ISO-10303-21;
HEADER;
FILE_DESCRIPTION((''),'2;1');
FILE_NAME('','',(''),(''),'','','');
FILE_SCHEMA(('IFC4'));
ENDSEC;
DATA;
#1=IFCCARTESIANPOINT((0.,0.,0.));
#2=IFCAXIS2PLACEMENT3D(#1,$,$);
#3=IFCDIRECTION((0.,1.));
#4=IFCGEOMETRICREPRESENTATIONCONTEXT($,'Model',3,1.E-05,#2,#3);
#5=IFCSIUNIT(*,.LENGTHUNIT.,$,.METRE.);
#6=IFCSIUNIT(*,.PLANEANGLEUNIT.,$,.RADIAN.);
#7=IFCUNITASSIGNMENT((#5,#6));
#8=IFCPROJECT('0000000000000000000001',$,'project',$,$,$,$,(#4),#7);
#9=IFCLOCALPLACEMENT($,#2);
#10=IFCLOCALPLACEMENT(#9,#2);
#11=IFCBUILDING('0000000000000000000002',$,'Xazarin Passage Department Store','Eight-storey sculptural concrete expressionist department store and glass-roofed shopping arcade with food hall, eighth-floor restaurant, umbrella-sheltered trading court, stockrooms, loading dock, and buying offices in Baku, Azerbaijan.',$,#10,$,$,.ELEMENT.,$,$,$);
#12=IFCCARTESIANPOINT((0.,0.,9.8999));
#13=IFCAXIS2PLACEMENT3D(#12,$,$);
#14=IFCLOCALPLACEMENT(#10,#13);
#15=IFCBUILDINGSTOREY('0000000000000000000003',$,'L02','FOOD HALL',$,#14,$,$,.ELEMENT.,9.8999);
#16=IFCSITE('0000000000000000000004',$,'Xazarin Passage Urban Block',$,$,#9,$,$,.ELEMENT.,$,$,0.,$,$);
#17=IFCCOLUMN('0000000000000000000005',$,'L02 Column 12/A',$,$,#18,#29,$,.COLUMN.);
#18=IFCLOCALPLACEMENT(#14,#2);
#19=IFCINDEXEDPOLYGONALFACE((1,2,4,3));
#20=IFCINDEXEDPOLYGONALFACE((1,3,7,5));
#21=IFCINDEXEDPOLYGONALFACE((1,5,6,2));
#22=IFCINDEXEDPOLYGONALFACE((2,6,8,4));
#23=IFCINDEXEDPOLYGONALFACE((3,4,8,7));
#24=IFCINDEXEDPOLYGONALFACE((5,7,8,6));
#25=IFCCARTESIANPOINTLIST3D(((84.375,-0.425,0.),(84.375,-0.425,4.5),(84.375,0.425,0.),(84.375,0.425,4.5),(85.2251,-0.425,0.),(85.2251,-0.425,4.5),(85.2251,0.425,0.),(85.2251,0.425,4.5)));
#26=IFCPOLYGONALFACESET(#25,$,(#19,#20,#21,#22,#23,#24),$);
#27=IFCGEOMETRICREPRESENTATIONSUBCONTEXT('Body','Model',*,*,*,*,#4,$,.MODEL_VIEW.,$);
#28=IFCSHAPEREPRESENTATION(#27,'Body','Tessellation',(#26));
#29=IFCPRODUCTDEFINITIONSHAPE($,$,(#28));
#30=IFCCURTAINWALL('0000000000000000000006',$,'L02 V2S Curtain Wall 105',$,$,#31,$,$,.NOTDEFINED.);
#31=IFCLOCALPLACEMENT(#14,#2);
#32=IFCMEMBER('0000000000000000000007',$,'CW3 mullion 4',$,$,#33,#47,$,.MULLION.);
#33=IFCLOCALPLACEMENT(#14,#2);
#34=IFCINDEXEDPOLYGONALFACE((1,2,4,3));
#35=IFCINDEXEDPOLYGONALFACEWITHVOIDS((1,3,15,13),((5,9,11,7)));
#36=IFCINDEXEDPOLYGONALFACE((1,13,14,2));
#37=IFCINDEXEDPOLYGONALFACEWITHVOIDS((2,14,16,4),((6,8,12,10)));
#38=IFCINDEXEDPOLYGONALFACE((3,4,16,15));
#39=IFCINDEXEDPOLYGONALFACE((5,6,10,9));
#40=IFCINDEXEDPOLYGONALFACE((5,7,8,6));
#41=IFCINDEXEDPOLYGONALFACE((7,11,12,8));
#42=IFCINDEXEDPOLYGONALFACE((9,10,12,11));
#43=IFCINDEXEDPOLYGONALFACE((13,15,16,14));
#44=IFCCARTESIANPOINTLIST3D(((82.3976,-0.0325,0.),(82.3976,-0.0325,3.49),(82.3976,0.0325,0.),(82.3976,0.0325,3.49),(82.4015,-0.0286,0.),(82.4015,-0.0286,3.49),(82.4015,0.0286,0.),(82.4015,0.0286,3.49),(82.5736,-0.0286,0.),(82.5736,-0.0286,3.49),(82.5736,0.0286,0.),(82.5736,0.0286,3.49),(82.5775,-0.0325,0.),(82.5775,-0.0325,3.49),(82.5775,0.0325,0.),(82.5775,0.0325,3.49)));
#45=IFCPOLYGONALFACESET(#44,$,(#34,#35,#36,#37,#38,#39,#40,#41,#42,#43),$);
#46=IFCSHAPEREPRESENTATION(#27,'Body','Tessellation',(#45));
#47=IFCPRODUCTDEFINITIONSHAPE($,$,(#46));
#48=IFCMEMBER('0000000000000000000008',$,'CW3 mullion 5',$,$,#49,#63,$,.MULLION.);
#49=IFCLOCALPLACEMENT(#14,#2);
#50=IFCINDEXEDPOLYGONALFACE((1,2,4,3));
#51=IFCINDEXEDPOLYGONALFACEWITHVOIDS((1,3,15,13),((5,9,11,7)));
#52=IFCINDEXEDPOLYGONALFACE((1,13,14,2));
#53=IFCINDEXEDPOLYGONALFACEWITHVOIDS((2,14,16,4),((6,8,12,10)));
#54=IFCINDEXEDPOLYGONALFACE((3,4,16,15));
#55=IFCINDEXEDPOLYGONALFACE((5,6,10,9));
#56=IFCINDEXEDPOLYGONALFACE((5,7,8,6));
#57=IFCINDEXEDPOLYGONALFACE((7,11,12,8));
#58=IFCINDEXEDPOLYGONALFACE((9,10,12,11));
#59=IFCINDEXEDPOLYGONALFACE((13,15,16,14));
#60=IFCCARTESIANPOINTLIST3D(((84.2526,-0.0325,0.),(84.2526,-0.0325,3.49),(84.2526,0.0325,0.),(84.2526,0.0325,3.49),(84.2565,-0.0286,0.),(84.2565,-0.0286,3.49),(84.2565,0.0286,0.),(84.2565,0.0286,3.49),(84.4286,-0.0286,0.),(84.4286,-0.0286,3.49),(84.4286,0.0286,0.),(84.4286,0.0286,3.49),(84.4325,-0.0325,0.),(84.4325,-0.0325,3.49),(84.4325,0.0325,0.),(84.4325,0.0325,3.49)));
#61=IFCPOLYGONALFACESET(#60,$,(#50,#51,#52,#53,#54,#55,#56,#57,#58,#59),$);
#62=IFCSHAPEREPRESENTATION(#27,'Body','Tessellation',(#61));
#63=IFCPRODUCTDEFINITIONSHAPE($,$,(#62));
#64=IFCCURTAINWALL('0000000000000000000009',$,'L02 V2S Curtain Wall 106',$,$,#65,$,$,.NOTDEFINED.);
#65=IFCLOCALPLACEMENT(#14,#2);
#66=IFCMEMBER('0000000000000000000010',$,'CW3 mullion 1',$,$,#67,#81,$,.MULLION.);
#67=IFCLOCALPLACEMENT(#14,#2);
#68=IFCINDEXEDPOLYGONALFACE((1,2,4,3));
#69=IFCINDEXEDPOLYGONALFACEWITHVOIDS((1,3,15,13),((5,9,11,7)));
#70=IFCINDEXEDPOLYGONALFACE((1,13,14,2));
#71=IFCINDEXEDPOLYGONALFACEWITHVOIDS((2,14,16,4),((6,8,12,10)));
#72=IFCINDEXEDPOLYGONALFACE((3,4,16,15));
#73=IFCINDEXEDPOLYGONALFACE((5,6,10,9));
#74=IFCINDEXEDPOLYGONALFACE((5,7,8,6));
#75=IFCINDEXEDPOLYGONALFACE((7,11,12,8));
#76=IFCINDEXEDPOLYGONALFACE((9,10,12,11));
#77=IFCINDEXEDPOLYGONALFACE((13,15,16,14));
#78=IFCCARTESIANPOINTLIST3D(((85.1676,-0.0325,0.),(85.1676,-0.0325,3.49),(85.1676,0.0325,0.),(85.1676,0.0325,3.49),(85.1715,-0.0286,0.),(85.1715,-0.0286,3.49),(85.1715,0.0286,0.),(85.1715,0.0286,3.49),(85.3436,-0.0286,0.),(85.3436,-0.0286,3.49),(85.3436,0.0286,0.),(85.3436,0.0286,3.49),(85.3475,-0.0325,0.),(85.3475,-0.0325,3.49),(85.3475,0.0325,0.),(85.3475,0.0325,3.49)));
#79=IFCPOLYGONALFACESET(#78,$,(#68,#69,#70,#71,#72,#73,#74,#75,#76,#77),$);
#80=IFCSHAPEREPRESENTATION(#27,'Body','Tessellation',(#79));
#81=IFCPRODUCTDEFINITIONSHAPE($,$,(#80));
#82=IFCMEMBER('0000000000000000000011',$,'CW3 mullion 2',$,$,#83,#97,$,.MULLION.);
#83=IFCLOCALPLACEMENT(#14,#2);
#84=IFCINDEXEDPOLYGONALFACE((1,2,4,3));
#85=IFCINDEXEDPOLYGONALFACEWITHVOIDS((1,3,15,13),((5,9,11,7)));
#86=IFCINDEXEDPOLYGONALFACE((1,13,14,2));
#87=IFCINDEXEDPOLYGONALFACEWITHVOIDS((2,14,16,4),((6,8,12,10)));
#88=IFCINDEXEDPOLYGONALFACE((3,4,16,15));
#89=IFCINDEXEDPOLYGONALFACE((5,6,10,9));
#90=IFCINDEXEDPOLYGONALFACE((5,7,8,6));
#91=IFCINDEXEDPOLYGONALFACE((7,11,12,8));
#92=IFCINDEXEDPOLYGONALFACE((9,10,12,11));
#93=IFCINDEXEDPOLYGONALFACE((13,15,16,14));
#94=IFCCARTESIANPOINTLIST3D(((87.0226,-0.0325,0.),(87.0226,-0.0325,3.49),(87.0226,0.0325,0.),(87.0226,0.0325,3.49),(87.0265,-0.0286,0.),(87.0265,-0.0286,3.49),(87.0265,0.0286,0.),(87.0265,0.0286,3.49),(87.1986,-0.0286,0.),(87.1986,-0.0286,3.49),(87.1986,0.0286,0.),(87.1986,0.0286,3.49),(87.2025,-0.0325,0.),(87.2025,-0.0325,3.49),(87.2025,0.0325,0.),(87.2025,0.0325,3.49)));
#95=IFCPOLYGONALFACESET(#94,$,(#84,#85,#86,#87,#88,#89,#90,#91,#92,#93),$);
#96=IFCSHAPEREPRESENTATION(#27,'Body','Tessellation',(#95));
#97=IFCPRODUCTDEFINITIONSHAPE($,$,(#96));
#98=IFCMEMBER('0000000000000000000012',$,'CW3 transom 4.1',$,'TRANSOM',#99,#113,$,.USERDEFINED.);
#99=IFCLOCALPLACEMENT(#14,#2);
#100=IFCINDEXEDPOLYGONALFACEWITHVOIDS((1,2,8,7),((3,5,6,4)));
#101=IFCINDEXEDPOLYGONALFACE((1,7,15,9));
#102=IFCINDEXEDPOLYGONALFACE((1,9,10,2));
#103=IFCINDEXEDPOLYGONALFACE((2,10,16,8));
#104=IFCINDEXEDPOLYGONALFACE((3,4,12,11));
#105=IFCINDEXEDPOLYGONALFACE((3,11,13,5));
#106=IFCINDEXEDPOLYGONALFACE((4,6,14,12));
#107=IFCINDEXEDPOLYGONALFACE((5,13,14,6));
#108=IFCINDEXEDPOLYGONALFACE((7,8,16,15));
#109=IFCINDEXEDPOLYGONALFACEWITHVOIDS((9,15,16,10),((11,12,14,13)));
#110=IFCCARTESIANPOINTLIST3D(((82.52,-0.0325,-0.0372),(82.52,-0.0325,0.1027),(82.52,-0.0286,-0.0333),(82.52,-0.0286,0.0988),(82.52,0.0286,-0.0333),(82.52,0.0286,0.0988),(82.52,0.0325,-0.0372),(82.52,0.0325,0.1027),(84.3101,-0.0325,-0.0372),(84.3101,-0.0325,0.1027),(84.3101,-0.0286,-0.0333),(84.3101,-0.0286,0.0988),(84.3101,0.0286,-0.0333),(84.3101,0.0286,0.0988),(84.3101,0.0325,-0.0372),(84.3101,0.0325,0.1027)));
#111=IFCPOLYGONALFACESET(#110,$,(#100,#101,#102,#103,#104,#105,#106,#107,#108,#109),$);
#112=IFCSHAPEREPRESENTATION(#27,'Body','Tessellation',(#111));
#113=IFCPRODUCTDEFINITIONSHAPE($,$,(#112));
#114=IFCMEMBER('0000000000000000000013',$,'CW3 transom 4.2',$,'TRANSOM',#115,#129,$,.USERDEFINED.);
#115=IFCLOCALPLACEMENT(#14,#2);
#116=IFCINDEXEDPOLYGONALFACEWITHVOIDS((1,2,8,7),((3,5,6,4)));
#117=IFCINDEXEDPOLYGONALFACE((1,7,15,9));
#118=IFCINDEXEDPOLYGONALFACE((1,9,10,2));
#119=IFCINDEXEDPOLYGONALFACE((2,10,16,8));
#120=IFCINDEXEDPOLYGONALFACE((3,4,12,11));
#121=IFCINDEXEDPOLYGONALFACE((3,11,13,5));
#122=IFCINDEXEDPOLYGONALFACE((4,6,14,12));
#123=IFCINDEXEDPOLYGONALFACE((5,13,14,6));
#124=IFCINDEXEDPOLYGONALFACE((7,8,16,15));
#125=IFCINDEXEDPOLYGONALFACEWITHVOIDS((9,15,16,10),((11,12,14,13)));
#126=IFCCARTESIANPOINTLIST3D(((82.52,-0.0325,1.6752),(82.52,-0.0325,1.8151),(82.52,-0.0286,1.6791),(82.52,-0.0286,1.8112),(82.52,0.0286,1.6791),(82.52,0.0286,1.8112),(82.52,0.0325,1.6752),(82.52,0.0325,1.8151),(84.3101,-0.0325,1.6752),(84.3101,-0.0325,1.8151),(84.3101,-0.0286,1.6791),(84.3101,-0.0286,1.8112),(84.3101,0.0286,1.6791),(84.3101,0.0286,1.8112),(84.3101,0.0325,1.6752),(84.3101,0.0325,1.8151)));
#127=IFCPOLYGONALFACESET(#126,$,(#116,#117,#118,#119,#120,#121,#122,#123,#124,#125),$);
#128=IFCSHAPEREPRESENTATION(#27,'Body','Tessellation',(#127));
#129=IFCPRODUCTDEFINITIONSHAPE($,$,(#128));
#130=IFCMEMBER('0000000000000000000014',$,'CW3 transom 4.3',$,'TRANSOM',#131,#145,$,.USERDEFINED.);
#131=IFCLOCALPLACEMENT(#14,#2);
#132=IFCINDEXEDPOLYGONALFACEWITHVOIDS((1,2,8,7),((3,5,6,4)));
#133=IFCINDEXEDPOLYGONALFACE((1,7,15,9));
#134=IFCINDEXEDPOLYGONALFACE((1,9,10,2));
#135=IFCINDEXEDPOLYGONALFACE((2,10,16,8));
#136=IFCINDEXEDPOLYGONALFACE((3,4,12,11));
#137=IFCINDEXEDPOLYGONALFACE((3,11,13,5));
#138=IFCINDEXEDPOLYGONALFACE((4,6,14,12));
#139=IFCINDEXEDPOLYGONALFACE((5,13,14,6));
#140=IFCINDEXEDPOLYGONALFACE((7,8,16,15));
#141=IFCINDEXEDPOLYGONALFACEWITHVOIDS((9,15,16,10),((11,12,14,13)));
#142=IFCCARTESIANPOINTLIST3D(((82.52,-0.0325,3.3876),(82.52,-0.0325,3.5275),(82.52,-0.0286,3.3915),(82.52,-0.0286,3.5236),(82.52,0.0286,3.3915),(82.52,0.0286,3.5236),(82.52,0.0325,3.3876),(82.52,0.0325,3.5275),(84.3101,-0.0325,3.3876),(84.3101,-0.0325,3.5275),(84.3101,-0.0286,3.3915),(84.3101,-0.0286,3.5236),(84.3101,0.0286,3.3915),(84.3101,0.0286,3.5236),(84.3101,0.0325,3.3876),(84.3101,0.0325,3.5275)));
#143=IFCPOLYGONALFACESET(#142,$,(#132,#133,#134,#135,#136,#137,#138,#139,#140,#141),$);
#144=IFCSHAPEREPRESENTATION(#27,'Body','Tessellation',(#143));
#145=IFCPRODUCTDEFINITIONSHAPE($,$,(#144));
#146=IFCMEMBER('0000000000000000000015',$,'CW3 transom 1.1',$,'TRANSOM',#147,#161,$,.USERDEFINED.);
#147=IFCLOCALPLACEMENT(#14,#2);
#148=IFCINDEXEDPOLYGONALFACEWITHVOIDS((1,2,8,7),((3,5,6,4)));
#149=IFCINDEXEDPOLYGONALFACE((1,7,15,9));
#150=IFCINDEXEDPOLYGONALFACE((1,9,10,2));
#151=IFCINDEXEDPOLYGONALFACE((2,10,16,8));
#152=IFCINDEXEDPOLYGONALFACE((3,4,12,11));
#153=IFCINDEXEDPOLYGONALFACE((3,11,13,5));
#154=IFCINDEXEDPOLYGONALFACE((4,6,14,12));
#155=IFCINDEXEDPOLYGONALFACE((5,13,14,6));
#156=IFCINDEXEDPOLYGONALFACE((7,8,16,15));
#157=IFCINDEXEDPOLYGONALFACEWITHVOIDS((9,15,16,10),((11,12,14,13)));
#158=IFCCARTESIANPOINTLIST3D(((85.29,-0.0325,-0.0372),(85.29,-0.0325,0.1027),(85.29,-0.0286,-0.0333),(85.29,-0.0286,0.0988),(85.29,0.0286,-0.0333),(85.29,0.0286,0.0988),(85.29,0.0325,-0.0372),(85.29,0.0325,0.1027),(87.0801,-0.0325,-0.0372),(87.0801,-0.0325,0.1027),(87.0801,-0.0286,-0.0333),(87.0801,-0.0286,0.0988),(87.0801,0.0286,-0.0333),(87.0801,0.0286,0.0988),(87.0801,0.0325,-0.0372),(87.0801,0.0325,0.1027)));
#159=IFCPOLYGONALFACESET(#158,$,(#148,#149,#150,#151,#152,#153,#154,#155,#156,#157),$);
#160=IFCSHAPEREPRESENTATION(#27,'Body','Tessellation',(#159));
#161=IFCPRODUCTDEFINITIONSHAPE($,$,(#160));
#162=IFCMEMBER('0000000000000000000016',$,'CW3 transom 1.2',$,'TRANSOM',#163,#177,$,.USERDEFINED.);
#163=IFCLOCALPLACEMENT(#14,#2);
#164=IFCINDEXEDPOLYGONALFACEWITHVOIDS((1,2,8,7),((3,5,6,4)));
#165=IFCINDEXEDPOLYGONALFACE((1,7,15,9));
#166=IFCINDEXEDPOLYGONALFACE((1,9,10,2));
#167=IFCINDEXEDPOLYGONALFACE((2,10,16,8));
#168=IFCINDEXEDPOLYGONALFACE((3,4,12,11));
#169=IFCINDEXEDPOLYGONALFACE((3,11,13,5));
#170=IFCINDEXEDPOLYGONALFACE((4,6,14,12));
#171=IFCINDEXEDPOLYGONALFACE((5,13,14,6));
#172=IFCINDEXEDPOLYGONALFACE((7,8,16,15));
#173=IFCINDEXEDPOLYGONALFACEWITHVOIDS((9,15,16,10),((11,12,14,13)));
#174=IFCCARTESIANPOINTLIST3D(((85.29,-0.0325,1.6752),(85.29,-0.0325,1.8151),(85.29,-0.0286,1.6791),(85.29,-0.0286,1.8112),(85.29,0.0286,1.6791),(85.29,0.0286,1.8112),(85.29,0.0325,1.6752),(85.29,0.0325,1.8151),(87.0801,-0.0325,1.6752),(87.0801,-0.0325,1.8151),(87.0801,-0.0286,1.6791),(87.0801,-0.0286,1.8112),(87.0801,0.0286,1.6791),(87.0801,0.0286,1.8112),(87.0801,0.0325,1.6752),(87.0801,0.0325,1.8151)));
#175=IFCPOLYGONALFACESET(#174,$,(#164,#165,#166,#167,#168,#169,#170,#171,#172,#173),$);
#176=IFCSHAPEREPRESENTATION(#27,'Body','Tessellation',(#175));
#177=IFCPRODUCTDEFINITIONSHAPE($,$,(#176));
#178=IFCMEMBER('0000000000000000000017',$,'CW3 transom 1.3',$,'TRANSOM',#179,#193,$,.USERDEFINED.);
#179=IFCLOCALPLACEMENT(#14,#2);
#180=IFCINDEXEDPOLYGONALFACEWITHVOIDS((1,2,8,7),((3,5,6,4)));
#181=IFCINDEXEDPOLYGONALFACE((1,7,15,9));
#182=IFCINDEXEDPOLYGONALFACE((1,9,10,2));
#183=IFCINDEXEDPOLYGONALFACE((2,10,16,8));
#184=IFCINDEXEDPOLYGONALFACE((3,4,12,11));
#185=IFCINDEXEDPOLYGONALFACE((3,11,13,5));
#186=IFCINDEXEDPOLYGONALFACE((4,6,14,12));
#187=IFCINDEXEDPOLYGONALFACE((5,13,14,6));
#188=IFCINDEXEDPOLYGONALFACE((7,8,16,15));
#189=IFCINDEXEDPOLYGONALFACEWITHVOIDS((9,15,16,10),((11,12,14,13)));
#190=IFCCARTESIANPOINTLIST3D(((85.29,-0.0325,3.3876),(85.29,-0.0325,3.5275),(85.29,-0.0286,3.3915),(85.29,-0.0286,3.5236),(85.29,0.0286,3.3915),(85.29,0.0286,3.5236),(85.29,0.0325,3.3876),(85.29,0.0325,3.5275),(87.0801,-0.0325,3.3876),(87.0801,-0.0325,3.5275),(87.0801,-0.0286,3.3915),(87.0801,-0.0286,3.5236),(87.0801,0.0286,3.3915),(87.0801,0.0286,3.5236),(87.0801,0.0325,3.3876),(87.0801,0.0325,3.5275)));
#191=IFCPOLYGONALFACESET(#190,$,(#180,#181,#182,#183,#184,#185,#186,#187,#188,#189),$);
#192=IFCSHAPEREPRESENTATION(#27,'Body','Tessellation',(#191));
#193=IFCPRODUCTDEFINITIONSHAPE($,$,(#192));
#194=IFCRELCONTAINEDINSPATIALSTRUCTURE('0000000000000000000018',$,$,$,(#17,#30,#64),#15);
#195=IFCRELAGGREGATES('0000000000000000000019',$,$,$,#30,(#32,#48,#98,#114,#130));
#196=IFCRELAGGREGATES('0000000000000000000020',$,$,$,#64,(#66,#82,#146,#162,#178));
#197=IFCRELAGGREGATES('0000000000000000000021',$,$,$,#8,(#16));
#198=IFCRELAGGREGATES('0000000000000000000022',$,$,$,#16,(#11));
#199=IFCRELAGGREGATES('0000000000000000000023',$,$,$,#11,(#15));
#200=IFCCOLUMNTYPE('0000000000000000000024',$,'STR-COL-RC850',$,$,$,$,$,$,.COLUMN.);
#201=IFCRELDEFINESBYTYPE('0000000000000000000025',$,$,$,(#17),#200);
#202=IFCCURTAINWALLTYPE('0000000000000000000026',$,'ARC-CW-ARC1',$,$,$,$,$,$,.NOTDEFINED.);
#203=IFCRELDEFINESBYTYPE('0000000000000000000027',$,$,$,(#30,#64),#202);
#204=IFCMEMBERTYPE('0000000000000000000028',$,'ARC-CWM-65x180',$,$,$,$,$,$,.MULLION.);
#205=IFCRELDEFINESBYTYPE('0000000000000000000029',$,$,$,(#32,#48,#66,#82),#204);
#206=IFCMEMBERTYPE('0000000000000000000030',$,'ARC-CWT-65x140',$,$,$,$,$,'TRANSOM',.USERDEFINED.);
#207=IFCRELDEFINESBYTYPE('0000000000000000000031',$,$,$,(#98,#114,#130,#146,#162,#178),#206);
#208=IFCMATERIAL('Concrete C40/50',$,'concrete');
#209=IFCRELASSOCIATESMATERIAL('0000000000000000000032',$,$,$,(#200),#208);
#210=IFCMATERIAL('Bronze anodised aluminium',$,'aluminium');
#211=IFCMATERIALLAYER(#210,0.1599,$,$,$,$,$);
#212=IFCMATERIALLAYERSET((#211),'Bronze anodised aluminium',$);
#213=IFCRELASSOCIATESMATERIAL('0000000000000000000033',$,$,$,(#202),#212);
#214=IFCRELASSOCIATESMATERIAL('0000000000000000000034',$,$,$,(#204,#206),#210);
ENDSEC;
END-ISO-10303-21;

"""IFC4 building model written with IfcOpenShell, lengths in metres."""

from ifc_helpers import new_model, si_unit, direction, frame, origin, origin_2d, place, context, subcontext, project, spatial, rectangle, hollow_rectangle, extrude, material, layer, layer_set, material_profile, profile_set, type_object, element, aggregate, save


model = new_model("IFC4")

# Units and contexts
model_context = context("Model", 3, precision=1e-05, world=origin(), true_north=direction((0.0, 1.0)))
body_context = subcontext(model_context, "Body", "Model", "MODEL_VIEW")
ifc_project = project(units=[si_unit("LENGTHUNIT", "METRE"), si_unit("PLANEANGLEUNIT", "RADIAN")], contexts=[model_context])

# Site, building, storey
site_placement = place(None, origin())
site = spatial("IfcSite", under=ifc_project, at=site_placement, Name="Xazarin Passage Urban Block", CompositionType="ELEMENT", RefElevation=0.0)
building_placement = place(site_placement, origin())
building = spatial("IfcBuilding", under=site, at=building_placement, Name="Xazarin Passage Department Store", Description="Eight-storey sculptural concrete expressionist department store and glass-roofed shopping arcade with food hall, eighth-floor restaurant, umbrella-sheltered trading court, stockrooms, loading dock, and buying offices in Baku, Azerbaijan.", CompositionType="ELEMENT")
storey_placement = place(building_placement, frame((0.0, 0.0, 9.8999)))
storey = spatial("IfcBuildingStorey", under=building, at=storey_placement, Name="L02", Description="FOOD HALL", CompositionType="ELEMENT", Elevation=9.8999)

# Column
ifc_material_1 = material(Name="Concrete C40/50", Category="concrete")
ifc_material_profile_1 = material_profile(ifc_material_1, rectangle(XDim=0.8501, YDim=0.8501, at=origin_2d()), Name="RC 850x850")
ifc_profile_set_1 = profile_set([ifc_material_profile_1], Name="Concrete C40/50")
column_type = type_object("IfcColumnType", Name="STR-COL-RC850", PredefinedType="COLUMN", material=ifc_profile_set_1)
column_placement = place(storey_placement, frame((84.8, 0.0, 0.0), z_axis=(0.0, 0.0, 1.0), x_axis=(1.0, 0.0, 0.0)))
element("IfcColumn", 1, at=column_placement, inside=storey, type_object=column_type, Name="L02 Column 12/A", PredefinedType="COLUMN", context=body_context, shape_type="SweptSolid", body=[
    extrude(rectangle(XDim=0.8501, YDim=0.8501, at=origin_2d()), origin(), (0.0, 0.0, 1.0), 4.5),
])

# Curtain walls, members
ifc_material_2 = material(Name="Bronze anodised aluminium", Category="aluminium")
ifc_layer_1 = layer(ifc_material_2, 0.1599)
ifc_layer_set_1 = layer_set([ifc_layer_1], Name="Bronze anodised aluminium")
curtain_wall_type = type_object("IfcCurtainWallType", Name="ARC-CW-ARC1", PredefinedType="NOTDEFINED", material=ifc_layer_set_1)
curtain_wall_1_placement = place(storey_placement, origin())
curtain_wall_1 = element("IfcCurtainWall", 2, at=curtain_wall_1_placement, inside=storey, type_object=curtain_wall_type, Name="L02 V2S Curtain Wall 105", PredefinedType="NOTDEFINED")
ifc_material_profile_2 = material_profile(ifc_material_2, hollow_rectangle(XDim=0.0649, YDim=0.1799, WallThickness=0.0039, at=origin_2d()), Name="ALU 65x180")
ifc_profile_set_2 = profile_set([ifc_material_profile_2], Name="Bronze anodised aluminium")
member_type_1 = type_object("IfcMemberType", Name="ARC-CWM-65x180", PredefinedType="MULLION", material=ifc_profile_set_2)
member_1_placement = place(storey_placement, frame((82.4875, 0.0, 0.0), z_axis=(0.0, 0.0, 1.0), x_axis=(0.0, 1.0, 0.0)))
member_1 = element("IfcMember", 3, at=member_1_placement, type_object=member_type_1, Name="CW3 mullion 4", PredefinedType="MULLION", context=body_context, shape_type="SweptSolid", body=[
    extrude(hollow_rectangle(XDim=0.0649, YDim=0.1799, WallThickness=0.0039, at=origin_2d()), origin(), (0.0, 0.0, 1.0), 3.49),
])
member_2_placement = place(storey_placement, frame((84.3425, 0.0, 0.0), z_axis=(0.0, 0.0, 1.0), x_axis=(0.0, 1.0, 0.0)))
member_2 = element("IfcMember", 4, at=member_2_placement, type_object=member_type_1, Name="CW3 mullion 5", PredefinedType="MULLION", context=body_context, shape_type="SweptSolid", body=[
    extrude(hollow_rectangle(XDim=0.0649, YDim=0.1799, WallThickness=0.0039, at=origin_2d()), origin(), (0.0, 0.0, 1.0), 3.49),
])
curtain_wall_2_placement = place(storey_placement, origin())
curtain_wall_2 = element("IfcCurtainWall", 5, at=curtain_wall_2_placement, inside=storey, type_object=curtain_wall_type, Name="L02 V2S Curtain Wall 106", PredefinedType="NOTDEFINED")
member_3_placement = place(storey_placement, frame((85.2576, 0.0, 0.0), z_axis=(0.0, 0.0, 1.0), x_axis=(0.0, 1.0, 0.0)))
member_3 = element("IfcMember", 6, at=member_3_placement, type_object=member_type_1, Name="CW3 mullion 1", PredefinedType="MULLION", context=body_context, shape_type="SweptSolid", body=[
    extrude(hollow_rectangle(XDim=0.0649, YDim=0.1799, WallThickness=0.0039, at=origin_2d()), origin(), (0.0, 0.0, 1.0), 3.49),
])
member_4_placement = place(storey_placement, frame((87.1125, 0.0, 0.0), z_axis=(0.0, 0.0, 1.0), x_axis=(0.0, 1.0, 0.0)))
member_4 = element("IfcMember", 7, at=member_4_placement, type_object=member_type_1, Name="CW3 mullion 2", PredefinedType="MULLION", context=body_context, shape_type="SweptSolid", body=[
    extrude(hollow_rectangle(XDim=0.0649, YDim=0.1799, WallThickness=0.0039, at=origin_2d()), origin(), (0.0, 0.0, 1.0), 3.49),
])

# Members
ifc_material_profile_3 = material_profile(ifc_material_2, hollow_rectangle(XDim=0.0649, YDim=0.1399, WallThickness=0.0039, at=origin_2d()), Name="ALU 65x140")
ifc_profile_set_3 = profile_set([ifc_material_profile_3], Name="Bronze anodised aluminium")
member_type_2 = type_object("IfcMemberType", Name="ARC-CWT-65x140", ElementType="TRANSOM", PredefinedType="USERDEFINED", material=ifc_profile_set_3)
member_5_placement = place(storey_placement, frame((82.52, 0.0, 0.0327), z_axis=(1.0, 0.0, 0.0), x_axis=(0.0, 1.0, 0.0)))
member_5 = element("IfcMember", 8, at=member_5_placement, type_object=member_type_2, Name="CW3 transom 4.1", ObjectType="TRANSOM", PredefinedType="USERDEFINED", context=body_context, shape_type="SweptSolid", body=[
    extrude(hollow_rectangle(XDim=0.0649, YDim=0.1399, WallThickness=0.0039, at=origin_2d()), origin(), (0.0, 0.0, 1.0), 1.79),
])
member_6_placement = place(storey_placement, frame((82.52, 0.0, 1.7451), z_axis=(1.0, 0.0, 0.0), x_axis=(0.0, 1.0, 0.0)))
member_6 = element("IfcMember", 9, at=member_6_placement, type_object=member_type_2, Name="CW3 transom 4.2", ObjectType="TRANSOM", PredefinedType="USERDEFINED", context=body_context, shape_type="SweptSolid", body=[
    extrude(hollow_rectangle(XDim=0.0649, YDim=0.1399, WallThickness=0.0039, at=origin_2d()), origin(), (0.0, 0.0, 1.0), 1.79),
])
member_7_placement = place(storey_placement, frame((82.52, 0.0, 3.4575), z_axis=(1.0, 0.0, 0.0), x_axis=(0.0, 1.0, 0.0)))
member_7 = element("IfcMember", 10, at=member_7_placement, type_object=member_type_2, Name="CW3 transom 4.3", ObjectType="TRANSOM", PredefinedType="USERDEFINED", context=body_context, shape_type="SweptSolid", body=[
    extrude(hollow_rectangle(XDim=0.0649, YDim=0.1399, WallThickness=0.0039, at=origin_2d()), origin(), (0.0, 0.0, 1.0), 1.79),
])
member_8_placement = place(storey_placement, frame((85.29, 0.0, 0.0327), z_axis=(1.0, 0.0, 0.0), x_axis=(0.0, 1.0, 0.0)))
member_8 = element("IfcMember", 11, at=member_8_placement, type_object=member_type_2, Name="CW3 transom 1.1", ObjectType="TRANSOM", PredefinedType="USERDEFINED", context=body_context, shape_type="SweptSolid", body=[
    extrude(hollow_rectangle(XDim=0.0649, YDim=0.1399, WallThickness=0.0039, at=origin_2d()), origin(), (0.0, 0.0, 1.0), 1.79),
])
member_9_placement = place(storey_placement, frame((85.29, 0.0, 1.7451), z_axis=(1.0, 0.0, 0.0), x_axis=(0.0, 1.0, 0.0)))
member_9 = element("IfcMember", 12, at=member_9_placement, type_object=member_type_2, Name="CW3 transom 1.2", ObjectType="TRANSOM", PredefinedType="USERDEFINED", context=body_context, shape_type="SweptSolid", body=[
    extrude(hollow_rectangle(XDim=0.0649, YDim=0.1399, WallThickness=0.0039, at=origin_2d()), origin(), (0.0, 0.0, 1.0), 1.79),
])
member_10_placement = place(storey_placement, frame((85.29, 0.0, 3.4575), z_axis=(1.0, 0.0, 0.0), x_axis=(0.0, 1.0, 0.0)))
member_10 = element("IfcMember", 13, at=member_10_placement, type_object=member_type_2, Name="CW3 transom 1.3", ObjectType="TRANSOM", PredefinedType="USERDEFINED", context=body_context, shape_type="SweptSolid", body=[
    extrude(hollow_rectangle(XDim=0.0649, YDim=0.1399, WallThickness=0.0039, at=origin_2d()), origin(), (0.0, 0.0, 1.0), 1.79),
])

aggregate(curtain_wall_1, [member_1, member_2, member_5, member_6, member_7])
aggregate(curtain_wall_2, [member_3, member_4, member_8, member_9, member_10])

save(model, "model.ifc")
